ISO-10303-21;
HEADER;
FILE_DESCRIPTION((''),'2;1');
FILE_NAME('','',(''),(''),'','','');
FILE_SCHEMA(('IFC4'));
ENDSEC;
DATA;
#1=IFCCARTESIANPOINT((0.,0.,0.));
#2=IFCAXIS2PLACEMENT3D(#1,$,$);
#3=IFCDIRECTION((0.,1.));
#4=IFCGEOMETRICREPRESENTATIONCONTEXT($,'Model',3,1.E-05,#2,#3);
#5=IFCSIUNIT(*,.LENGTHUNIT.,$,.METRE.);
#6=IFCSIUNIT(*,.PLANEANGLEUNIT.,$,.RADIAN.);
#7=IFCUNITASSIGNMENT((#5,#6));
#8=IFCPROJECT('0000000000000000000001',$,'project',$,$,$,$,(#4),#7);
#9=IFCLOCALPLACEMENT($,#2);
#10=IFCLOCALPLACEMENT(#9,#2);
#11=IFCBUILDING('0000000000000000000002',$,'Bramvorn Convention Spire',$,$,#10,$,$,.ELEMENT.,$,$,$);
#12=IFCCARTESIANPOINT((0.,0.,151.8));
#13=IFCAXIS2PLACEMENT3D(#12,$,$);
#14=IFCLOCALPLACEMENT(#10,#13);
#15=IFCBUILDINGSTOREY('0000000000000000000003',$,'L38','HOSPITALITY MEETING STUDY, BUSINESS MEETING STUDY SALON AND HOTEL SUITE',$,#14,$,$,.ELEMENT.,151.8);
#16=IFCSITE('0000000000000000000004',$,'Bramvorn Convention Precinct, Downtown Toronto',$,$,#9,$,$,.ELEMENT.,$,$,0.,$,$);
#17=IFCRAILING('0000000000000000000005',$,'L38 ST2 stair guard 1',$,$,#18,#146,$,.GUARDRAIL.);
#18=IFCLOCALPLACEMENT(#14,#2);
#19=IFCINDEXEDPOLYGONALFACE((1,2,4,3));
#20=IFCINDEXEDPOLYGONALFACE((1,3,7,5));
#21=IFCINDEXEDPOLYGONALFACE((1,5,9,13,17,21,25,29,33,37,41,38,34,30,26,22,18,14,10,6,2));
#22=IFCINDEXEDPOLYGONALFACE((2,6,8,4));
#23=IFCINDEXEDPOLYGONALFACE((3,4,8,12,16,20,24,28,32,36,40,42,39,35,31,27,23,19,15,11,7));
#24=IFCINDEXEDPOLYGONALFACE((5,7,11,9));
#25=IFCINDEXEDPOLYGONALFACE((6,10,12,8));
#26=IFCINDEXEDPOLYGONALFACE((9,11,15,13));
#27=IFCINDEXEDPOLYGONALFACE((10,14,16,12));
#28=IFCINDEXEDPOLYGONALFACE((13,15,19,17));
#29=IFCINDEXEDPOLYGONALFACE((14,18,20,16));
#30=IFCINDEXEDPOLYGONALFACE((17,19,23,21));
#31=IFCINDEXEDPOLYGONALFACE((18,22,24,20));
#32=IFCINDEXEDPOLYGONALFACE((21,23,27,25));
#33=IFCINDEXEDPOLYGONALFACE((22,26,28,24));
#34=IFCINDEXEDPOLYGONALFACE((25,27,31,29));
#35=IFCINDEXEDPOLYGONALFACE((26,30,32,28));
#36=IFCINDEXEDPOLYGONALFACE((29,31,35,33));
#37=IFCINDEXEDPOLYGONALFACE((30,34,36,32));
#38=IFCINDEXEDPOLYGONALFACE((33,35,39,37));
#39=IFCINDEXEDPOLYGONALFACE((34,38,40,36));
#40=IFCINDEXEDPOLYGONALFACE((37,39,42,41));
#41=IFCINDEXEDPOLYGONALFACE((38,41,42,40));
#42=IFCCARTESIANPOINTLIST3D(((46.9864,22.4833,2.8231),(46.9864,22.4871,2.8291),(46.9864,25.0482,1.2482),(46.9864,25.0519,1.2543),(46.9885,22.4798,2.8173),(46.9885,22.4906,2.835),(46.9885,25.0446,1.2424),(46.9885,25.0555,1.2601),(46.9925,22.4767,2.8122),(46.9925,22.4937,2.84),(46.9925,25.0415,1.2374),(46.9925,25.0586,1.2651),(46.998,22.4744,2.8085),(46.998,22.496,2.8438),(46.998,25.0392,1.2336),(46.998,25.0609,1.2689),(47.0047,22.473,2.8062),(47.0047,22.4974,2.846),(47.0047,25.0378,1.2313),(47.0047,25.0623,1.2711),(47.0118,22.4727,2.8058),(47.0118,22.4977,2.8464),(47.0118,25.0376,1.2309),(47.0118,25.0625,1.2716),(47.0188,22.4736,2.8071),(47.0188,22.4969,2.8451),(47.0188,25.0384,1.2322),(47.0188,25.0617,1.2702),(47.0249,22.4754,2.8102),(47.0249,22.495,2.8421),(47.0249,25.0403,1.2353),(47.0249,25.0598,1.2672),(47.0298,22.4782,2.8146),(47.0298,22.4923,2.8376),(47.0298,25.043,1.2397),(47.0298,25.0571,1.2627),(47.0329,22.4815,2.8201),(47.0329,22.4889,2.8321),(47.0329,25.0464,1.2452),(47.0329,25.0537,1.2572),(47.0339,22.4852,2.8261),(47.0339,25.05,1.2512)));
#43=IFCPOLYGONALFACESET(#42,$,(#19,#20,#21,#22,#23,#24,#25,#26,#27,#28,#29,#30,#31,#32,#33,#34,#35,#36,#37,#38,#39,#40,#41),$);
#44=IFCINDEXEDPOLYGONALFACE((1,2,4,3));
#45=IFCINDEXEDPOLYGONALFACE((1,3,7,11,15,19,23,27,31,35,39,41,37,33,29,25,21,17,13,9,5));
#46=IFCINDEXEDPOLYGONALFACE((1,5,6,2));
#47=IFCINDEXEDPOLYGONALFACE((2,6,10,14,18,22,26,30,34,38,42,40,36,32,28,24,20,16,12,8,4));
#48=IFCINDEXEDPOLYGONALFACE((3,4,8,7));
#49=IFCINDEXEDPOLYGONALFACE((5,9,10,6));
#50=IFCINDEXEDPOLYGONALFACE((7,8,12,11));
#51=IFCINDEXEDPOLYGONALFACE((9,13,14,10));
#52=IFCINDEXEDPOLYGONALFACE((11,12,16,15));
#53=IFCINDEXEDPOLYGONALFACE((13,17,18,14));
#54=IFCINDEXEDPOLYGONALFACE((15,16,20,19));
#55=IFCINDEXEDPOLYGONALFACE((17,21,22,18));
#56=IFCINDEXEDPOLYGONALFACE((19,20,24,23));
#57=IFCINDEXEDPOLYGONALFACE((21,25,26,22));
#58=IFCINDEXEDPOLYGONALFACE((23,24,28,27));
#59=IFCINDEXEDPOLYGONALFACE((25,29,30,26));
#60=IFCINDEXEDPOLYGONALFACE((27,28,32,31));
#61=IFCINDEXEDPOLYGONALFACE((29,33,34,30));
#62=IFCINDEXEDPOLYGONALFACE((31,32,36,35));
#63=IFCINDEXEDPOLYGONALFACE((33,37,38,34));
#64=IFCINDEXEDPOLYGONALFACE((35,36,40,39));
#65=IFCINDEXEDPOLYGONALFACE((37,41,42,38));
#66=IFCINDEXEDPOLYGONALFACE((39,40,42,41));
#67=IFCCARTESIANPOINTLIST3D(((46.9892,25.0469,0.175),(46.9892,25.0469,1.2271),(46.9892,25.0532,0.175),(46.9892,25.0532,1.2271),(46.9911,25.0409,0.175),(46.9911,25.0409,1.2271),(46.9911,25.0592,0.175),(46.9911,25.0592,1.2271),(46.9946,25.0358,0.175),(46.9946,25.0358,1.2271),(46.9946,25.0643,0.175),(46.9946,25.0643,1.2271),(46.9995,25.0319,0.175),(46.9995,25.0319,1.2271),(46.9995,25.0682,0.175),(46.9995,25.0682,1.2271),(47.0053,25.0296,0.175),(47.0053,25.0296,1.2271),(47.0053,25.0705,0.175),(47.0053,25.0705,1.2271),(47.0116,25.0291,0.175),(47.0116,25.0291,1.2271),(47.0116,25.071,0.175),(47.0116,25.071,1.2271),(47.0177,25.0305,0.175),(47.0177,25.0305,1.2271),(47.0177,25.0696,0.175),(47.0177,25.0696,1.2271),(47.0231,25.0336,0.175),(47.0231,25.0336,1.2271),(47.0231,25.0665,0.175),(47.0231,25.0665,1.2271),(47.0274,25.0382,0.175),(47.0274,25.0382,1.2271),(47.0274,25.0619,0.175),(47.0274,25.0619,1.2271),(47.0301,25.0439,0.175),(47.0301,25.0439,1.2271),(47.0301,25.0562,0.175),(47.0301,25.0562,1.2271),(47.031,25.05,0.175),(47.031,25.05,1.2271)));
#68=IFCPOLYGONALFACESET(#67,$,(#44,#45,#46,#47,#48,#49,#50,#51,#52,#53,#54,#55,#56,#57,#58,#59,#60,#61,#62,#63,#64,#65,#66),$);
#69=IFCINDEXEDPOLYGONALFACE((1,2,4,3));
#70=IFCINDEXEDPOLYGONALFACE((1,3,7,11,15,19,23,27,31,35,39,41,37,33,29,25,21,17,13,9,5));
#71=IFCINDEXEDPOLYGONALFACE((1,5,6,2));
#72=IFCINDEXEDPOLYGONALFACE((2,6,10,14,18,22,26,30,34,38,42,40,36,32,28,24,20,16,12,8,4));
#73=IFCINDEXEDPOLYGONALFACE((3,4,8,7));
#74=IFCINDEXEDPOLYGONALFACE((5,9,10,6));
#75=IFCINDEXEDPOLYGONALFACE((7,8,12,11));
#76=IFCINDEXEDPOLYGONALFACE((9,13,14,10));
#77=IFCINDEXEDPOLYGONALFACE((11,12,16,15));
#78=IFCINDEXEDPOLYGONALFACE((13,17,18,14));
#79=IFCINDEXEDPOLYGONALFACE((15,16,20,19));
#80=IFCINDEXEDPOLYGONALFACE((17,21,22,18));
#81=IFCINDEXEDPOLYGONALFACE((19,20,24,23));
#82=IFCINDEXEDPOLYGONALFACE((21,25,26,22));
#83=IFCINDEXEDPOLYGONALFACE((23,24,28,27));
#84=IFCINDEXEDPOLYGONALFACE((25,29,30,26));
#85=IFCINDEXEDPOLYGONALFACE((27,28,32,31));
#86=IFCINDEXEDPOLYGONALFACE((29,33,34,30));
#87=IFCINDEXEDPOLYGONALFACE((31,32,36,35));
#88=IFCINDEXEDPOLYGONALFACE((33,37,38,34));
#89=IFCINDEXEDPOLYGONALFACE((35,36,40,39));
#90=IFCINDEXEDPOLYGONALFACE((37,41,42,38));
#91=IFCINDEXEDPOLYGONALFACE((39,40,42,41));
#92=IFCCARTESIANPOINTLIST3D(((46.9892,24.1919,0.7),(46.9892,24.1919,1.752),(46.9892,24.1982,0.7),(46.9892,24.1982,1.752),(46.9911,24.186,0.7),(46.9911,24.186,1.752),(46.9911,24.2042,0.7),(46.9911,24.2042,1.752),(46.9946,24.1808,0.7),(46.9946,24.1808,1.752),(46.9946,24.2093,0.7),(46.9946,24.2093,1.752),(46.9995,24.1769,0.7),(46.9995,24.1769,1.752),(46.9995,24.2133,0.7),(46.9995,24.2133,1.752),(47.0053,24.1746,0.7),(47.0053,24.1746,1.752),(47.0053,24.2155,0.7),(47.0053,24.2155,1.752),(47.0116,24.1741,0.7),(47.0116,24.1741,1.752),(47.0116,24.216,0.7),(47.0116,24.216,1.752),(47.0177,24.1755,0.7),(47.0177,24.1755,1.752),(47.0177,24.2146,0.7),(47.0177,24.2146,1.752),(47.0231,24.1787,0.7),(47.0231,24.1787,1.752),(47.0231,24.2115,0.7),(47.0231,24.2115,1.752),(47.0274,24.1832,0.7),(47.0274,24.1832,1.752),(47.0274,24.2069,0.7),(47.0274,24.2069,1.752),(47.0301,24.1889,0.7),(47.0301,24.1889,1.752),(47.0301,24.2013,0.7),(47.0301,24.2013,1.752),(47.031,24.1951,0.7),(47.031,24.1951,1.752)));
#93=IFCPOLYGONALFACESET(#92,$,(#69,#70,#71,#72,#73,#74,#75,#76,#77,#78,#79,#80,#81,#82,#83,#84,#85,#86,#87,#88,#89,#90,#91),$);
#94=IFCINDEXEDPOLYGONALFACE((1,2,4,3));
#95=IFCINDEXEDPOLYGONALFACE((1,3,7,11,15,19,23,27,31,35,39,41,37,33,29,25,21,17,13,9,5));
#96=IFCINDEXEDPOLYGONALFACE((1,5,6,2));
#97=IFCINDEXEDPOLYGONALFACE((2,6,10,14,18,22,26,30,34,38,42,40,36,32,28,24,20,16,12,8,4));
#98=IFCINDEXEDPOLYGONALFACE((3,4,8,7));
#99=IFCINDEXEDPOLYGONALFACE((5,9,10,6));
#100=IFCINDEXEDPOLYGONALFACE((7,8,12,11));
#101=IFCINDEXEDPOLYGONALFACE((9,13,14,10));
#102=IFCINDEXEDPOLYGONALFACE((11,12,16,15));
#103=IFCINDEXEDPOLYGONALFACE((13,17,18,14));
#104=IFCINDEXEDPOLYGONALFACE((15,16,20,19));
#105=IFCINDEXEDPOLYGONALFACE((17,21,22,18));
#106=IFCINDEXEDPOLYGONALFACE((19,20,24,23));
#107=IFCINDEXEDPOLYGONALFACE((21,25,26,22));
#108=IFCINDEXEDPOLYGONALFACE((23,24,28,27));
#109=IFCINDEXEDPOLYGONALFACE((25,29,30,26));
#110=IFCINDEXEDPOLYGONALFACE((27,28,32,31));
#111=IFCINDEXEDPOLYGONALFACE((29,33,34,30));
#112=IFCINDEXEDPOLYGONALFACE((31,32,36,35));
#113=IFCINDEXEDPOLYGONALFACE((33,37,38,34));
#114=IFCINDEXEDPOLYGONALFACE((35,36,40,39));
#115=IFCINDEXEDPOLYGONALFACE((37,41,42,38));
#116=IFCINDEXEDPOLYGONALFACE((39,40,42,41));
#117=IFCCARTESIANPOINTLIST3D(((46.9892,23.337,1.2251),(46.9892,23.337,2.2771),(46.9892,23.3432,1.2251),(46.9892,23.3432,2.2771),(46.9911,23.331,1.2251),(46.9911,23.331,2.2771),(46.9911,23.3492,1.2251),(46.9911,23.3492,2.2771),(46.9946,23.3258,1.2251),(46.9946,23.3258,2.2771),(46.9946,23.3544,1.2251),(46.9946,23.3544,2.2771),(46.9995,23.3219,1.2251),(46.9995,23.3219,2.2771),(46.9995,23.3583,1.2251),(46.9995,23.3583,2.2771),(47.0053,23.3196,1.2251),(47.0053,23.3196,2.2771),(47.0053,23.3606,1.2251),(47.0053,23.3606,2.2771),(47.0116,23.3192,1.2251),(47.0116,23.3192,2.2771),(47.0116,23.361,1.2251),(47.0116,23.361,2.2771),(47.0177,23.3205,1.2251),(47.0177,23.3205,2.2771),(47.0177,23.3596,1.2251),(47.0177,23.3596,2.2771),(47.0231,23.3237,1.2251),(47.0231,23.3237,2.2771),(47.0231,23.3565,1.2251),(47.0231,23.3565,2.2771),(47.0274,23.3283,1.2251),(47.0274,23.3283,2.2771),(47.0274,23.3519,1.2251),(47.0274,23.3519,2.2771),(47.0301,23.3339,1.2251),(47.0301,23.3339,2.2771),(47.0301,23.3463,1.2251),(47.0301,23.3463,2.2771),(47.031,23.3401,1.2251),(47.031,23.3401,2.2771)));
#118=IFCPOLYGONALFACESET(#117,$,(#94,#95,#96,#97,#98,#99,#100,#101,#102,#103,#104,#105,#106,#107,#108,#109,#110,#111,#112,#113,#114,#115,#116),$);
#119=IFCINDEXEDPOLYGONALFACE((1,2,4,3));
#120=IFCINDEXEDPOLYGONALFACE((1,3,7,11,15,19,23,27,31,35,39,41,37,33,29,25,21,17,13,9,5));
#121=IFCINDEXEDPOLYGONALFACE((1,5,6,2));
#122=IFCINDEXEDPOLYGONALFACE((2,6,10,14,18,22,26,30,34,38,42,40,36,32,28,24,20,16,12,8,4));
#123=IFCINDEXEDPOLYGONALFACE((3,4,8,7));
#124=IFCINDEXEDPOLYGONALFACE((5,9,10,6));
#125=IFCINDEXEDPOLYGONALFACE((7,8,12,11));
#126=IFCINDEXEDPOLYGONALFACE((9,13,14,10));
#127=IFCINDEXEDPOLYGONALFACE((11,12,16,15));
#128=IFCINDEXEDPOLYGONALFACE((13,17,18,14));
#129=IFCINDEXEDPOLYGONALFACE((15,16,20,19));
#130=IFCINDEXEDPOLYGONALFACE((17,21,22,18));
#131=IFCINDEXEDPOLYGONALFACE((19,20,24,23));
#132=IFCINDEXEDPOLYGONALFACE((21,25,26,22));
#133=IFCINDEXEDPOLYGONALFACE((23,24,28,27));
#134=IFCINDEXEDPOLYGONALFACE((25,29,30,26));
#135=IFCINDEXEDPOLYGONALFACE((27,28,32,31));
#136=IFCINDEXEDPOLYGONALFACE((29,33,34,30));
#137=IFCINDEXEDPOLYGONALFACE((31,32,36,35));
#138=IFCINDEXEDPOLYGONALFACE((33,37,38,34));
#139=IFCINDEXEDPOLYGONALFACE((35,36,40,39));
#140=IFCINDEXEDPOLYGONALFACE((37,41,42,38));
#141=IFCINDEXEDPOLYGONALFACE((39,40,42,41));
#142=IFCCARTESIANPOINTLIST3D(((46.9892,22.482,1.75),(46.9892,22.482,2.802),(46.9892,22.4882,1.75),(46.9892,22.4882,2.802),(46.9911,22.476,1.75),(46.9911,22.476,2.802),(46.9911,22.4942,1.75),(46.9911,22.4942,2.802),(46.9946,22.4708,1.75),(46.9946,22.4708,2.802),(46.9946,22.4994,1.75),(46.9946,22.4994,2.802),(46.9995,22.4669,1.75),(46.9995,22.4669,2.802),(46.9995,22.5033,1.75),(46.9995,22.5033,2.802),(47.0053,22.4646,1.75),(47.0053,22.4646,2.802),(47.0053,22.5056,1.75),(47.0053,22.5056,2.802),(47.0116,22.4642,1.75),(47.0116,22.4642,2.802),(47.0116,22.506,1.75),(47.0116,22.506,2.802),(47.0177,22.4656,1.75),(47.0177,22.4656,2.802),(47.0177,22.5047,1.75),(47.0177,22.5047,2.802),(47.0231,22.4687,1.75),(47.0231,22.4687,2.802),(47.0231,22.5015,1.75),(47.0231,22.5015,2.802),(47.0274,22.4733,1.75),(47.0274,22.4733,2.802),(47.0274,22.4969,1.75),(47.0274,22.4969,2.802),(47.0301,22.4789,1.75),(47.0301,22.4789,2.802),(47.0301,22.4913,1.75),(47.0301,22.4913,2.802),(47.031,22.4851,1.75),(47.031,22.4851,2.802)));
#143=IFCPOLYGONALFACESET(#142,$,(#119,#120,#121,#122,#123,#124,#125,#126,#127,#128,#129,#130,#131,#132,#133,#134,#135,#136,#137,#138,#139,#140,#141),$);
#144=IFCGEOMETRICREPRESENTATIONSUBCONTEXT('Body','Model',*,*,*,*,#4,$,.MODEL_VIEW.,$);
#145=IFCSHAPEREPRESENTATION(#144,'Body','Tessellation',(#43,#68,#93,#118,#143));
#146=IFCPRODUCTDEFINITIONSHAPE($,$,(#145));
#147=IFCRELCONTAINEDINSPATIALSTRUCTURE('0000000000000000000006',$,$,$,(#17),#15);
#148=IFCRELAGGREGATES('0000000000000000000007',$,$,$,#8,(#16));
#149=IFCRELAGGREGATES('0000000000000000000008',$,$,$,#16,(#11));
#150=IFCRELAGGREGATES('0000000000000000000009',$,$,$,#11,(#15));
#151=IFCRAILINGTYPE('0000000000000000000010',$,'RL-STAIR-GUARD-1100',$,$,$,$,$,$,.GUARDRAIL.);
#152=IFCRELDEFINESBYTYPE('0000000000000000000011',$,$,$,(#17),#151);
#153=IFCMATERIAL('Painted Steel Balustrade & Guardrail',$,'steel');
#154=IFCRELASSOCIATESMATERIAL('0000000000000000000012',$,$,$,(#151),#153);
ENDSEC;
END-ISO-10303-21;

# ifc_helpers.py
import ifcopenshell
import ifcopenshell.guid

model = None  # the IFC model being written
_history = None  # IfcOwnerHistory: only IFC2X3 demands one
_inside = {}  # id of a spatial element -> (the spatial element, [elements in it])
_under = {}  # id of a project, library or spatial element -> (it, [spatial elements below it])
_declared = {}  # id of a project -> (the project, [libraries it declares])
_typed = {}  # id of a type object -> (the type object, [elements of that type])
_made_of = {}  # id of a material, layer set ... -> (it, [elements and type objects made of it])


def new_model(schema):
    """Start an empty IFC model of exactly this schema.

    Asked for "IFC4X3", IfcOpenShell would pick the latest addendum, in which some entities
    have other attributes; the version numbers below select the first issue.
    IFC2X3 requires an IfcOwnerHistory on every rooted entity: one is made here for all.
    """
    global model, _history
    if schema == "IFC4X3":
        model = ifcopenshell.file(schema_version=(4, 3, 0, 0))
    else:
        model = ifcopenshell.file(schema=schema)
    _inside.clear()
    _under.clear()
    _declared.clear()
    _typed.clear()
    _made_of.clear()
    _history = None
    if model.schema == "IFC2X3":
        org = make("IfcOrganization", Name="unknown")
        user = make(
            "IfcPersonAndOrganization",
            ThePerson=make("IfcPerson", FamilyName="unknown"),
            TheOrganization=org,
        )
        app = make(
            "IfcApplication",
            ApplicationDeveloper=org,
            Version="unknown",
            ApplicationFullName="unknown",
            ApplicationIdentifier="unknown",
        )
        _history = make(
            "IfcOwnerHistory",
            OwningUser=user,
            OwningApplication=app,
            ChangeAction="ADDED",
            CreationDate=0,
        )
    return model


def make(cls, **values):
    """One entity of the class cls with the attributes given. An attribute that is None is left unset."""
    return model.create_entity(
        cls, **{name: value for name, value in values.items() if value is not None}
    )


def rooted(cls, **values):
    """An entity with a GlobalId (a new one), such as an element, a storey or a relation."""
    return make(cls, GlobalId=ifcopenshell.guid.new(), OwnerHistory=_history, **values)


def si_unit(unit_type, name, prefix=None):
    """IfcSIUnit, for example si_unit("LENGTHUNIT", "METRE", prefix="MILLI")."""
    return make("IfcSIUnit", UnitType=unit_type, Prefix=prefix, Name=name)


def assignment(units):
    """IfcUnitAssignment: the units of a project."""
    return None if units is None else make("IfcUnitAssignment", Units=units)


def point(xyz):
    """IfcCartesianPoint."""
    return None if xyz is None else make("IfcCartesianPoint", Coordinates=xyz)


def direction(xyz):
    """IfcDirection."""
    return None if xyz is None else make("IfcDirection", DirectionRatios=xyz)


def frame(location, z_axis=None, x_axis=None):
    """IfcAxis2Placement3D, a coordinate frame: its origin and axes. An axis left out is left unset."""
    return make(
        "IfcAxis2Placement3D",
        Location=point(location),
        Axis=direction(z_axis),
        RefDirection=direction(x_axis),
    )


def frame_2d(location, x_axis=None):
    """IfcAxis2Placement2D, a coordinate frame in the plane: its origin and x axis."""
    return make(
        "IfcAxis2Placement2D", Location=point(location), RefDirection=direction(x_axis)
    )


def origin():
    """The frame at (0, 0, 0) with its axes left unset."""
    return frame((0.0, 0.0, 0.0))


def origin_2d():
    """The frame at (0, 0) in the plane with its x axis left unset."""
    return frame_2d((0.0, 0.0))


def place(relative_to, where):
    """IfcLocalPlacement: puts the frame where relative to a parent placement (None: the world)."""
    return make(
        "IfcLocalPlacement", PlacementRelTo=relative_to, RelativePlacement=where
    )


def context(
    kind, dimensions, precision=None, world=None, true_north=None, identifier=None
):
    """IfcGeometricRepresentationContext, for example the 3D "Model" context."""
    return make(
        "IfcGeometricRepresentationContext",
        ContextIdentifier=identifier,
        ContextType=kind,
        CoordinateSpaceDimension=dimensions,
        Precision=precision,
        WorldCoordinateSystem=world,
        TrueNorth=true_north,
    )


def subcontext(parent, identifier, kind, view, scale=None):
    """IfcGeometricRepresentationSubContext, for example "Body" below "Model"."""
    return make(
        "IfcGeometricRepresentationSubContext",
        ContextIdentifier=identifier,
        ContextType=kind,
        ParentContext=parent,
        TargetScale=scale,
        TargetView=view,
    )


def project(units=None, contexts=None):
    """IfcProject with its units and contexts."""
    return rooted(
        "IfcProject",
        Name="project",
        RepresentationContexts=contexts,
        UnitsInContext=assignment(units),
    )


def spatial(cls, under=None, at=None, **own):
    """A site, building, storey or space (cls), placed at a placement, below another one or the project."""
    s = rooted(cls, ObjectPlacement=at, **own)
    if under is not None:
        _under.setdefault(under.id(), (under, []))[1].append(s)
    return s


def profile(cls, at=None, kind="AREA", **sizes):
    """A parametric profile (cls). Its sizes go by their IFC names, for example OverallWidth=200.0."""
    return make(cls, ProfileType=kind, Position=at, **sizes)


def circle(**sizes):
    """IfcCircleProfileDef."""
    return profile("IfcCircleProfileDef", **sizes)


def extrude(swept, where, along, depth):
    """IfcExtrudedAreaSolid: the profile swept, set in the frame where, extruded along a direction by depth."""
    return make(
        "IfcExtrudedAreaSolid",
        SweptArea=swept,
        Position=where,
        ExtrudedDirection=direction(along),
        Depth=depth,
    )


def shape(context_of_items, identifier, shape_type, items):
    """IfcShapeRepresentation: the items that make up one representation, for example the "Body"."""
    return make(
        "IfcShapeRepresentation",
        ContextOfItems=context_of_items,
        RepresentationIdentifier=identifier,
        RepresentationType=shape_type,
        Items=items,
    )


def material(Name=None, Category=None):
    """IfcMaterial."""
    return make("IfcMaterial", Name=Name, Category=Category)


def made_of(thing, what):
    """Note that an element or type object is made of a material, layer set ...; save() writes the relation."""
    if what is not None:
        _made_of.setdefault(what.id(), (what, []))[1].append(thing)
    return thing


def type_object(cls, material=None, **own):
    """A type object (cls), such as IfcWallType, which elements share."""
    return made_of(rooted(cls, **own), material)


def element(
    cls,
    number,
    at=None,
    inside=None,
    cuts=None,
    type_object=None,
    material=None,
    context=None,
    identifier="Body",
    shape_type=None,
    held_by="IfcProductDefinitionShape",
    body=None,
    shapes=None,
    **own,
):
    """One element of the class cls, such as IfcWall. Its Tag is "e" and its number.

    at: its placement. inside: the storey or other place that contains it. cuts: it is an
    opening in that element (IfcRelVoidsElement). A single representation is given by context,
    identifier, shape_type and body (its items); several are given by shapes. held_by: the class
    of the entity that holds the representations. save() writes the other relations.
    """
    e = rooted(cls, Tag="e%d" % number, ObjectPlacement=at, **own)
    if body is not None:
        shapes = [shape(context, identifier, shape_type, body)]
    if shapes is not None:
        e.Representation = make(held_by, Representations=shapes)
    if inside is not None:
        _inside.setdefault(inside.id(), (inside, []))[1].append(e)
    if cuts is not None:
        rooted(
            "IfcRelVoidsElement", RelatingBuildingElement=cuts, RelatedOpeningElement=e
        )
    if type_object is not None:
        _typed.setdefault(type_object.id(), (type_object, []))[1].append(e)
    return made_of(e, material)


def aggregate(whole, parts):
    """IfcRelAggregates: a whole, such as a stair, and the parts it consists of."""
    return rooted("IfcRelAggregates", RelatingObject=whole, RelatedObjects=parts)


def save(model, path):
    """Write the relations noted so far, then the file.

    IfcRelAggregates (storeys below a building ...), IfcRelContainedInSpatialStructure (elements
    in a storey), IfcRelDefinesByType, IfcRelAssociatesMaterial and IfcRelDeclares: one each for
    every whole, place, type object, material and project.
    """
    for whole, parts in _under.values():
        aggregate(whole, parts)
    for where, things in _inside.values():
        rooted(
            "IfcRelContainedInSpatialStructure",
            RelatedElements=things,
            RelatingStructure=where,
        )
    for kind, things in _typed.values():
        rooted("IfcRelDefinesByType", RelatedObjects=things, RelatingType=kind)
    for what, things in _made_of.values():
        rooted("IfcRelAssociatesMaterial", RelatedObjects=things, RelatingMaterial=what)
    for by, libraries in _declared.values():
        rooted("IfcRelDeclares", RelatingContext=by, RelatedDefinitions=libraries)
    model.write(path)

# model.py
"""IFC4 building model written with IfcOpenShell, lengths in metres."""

from ifc_helpers import new_model, si_unit, direction, frame, origin, origin_2d, place, context, subcontext, project, spatial, circle, extrude, material, type_object, element, save


model = new_model("IFC4")

# Units and contexts
model_context = context("Model", 3, precision=1e-05, world=origin(), true_north=direction((0.0, 1.0)))
body_context = subcontext(model_context, "Body", "Model", "MODEL_VIEW")
ifc_project = project(units=[si_unit("LENGTHUNIT", "METRE"), si_unit("PLANEANGLEUNIT", "RADIAN")], contexts=[model_context])

# Site, building, storey
site_placement = place(None, origin())
site = spatial("IfcSite", under=ifc_project, at=site_placement, Name="Bramvorn Convention Precinct, Downtown Toronto", CompositionType="ELEMENT", RefElevation=0.0)
building_placement = place(site_placement, origin())
building = spatial("IfcBuilding", under=site, at=building_placement, Name="Bramvorn Convention Spire", CompositionType="ELEMENT")
storey_placement = place(building_placement, frame((0.0, 0.0, 151.8)))
storey = spatial("IfcBuildingStorey", under=building, at=storey_placement, Name="L38", Description="HOSPITALITY MEETING STUDY, BUSINESS MEETING STUDY SALON AND HOTEL SUITE", CompositionType="ELEMENT", Elevation=151.8)

# Railing
ifc_material_1 = material(Name="Painted Steel Balustrade & Guardrail", Category="steel")
railing_type_1 = type_object("IfcRailingType", Name="RL-STAIR-GUARD-1100", PredefinedType="GUARDRAIL", material=ifc_material_1)
railing_1_placement = place(storey_placement, frame((47.01, 25.05, 0.175)))
element("IfcRailing", 1, at=railing_1_placement, inside=storey, type_object=railing_type_1, Name="L38 ST2 stair guard 1", PredefinedType="GUARDRAIL", context=body_context, shape_type="SweptSolid", body=[
    extrude(circle(Radius=0.0239, at=origin_2d()), frame((0.0, 0.0, 1.0762), z_axis=(0.0, -0.852173, 0.52326), x_axis=(1.0, 0.0, 0.0)), (0.0, 0.0, 1.0), 3.0098),
    extrude(circle(Radius=0.021, at=origin_2d()), origin(), (0.0, 0.0, 1.0), 1.052),
    extrude(circle(Radius=0.021, at=origin_2d()), frame((0.0, -0.855, 0.5249)), (0.0, 0.0, 1.0), 1.052),
    extrude(circle(Radius=0.021, at=origin_2d()), frame((0.0, -1.71, 1.05)), (0.0, 0.0, 1.0), 1.052),
    extrude(circle(Radius=0.021, at=origin_2d()), frame((0.0, -2.5649, 1.575)), (0.0, 0.0, 1.0), 1.052),
])

save(model, "model.ifc")
